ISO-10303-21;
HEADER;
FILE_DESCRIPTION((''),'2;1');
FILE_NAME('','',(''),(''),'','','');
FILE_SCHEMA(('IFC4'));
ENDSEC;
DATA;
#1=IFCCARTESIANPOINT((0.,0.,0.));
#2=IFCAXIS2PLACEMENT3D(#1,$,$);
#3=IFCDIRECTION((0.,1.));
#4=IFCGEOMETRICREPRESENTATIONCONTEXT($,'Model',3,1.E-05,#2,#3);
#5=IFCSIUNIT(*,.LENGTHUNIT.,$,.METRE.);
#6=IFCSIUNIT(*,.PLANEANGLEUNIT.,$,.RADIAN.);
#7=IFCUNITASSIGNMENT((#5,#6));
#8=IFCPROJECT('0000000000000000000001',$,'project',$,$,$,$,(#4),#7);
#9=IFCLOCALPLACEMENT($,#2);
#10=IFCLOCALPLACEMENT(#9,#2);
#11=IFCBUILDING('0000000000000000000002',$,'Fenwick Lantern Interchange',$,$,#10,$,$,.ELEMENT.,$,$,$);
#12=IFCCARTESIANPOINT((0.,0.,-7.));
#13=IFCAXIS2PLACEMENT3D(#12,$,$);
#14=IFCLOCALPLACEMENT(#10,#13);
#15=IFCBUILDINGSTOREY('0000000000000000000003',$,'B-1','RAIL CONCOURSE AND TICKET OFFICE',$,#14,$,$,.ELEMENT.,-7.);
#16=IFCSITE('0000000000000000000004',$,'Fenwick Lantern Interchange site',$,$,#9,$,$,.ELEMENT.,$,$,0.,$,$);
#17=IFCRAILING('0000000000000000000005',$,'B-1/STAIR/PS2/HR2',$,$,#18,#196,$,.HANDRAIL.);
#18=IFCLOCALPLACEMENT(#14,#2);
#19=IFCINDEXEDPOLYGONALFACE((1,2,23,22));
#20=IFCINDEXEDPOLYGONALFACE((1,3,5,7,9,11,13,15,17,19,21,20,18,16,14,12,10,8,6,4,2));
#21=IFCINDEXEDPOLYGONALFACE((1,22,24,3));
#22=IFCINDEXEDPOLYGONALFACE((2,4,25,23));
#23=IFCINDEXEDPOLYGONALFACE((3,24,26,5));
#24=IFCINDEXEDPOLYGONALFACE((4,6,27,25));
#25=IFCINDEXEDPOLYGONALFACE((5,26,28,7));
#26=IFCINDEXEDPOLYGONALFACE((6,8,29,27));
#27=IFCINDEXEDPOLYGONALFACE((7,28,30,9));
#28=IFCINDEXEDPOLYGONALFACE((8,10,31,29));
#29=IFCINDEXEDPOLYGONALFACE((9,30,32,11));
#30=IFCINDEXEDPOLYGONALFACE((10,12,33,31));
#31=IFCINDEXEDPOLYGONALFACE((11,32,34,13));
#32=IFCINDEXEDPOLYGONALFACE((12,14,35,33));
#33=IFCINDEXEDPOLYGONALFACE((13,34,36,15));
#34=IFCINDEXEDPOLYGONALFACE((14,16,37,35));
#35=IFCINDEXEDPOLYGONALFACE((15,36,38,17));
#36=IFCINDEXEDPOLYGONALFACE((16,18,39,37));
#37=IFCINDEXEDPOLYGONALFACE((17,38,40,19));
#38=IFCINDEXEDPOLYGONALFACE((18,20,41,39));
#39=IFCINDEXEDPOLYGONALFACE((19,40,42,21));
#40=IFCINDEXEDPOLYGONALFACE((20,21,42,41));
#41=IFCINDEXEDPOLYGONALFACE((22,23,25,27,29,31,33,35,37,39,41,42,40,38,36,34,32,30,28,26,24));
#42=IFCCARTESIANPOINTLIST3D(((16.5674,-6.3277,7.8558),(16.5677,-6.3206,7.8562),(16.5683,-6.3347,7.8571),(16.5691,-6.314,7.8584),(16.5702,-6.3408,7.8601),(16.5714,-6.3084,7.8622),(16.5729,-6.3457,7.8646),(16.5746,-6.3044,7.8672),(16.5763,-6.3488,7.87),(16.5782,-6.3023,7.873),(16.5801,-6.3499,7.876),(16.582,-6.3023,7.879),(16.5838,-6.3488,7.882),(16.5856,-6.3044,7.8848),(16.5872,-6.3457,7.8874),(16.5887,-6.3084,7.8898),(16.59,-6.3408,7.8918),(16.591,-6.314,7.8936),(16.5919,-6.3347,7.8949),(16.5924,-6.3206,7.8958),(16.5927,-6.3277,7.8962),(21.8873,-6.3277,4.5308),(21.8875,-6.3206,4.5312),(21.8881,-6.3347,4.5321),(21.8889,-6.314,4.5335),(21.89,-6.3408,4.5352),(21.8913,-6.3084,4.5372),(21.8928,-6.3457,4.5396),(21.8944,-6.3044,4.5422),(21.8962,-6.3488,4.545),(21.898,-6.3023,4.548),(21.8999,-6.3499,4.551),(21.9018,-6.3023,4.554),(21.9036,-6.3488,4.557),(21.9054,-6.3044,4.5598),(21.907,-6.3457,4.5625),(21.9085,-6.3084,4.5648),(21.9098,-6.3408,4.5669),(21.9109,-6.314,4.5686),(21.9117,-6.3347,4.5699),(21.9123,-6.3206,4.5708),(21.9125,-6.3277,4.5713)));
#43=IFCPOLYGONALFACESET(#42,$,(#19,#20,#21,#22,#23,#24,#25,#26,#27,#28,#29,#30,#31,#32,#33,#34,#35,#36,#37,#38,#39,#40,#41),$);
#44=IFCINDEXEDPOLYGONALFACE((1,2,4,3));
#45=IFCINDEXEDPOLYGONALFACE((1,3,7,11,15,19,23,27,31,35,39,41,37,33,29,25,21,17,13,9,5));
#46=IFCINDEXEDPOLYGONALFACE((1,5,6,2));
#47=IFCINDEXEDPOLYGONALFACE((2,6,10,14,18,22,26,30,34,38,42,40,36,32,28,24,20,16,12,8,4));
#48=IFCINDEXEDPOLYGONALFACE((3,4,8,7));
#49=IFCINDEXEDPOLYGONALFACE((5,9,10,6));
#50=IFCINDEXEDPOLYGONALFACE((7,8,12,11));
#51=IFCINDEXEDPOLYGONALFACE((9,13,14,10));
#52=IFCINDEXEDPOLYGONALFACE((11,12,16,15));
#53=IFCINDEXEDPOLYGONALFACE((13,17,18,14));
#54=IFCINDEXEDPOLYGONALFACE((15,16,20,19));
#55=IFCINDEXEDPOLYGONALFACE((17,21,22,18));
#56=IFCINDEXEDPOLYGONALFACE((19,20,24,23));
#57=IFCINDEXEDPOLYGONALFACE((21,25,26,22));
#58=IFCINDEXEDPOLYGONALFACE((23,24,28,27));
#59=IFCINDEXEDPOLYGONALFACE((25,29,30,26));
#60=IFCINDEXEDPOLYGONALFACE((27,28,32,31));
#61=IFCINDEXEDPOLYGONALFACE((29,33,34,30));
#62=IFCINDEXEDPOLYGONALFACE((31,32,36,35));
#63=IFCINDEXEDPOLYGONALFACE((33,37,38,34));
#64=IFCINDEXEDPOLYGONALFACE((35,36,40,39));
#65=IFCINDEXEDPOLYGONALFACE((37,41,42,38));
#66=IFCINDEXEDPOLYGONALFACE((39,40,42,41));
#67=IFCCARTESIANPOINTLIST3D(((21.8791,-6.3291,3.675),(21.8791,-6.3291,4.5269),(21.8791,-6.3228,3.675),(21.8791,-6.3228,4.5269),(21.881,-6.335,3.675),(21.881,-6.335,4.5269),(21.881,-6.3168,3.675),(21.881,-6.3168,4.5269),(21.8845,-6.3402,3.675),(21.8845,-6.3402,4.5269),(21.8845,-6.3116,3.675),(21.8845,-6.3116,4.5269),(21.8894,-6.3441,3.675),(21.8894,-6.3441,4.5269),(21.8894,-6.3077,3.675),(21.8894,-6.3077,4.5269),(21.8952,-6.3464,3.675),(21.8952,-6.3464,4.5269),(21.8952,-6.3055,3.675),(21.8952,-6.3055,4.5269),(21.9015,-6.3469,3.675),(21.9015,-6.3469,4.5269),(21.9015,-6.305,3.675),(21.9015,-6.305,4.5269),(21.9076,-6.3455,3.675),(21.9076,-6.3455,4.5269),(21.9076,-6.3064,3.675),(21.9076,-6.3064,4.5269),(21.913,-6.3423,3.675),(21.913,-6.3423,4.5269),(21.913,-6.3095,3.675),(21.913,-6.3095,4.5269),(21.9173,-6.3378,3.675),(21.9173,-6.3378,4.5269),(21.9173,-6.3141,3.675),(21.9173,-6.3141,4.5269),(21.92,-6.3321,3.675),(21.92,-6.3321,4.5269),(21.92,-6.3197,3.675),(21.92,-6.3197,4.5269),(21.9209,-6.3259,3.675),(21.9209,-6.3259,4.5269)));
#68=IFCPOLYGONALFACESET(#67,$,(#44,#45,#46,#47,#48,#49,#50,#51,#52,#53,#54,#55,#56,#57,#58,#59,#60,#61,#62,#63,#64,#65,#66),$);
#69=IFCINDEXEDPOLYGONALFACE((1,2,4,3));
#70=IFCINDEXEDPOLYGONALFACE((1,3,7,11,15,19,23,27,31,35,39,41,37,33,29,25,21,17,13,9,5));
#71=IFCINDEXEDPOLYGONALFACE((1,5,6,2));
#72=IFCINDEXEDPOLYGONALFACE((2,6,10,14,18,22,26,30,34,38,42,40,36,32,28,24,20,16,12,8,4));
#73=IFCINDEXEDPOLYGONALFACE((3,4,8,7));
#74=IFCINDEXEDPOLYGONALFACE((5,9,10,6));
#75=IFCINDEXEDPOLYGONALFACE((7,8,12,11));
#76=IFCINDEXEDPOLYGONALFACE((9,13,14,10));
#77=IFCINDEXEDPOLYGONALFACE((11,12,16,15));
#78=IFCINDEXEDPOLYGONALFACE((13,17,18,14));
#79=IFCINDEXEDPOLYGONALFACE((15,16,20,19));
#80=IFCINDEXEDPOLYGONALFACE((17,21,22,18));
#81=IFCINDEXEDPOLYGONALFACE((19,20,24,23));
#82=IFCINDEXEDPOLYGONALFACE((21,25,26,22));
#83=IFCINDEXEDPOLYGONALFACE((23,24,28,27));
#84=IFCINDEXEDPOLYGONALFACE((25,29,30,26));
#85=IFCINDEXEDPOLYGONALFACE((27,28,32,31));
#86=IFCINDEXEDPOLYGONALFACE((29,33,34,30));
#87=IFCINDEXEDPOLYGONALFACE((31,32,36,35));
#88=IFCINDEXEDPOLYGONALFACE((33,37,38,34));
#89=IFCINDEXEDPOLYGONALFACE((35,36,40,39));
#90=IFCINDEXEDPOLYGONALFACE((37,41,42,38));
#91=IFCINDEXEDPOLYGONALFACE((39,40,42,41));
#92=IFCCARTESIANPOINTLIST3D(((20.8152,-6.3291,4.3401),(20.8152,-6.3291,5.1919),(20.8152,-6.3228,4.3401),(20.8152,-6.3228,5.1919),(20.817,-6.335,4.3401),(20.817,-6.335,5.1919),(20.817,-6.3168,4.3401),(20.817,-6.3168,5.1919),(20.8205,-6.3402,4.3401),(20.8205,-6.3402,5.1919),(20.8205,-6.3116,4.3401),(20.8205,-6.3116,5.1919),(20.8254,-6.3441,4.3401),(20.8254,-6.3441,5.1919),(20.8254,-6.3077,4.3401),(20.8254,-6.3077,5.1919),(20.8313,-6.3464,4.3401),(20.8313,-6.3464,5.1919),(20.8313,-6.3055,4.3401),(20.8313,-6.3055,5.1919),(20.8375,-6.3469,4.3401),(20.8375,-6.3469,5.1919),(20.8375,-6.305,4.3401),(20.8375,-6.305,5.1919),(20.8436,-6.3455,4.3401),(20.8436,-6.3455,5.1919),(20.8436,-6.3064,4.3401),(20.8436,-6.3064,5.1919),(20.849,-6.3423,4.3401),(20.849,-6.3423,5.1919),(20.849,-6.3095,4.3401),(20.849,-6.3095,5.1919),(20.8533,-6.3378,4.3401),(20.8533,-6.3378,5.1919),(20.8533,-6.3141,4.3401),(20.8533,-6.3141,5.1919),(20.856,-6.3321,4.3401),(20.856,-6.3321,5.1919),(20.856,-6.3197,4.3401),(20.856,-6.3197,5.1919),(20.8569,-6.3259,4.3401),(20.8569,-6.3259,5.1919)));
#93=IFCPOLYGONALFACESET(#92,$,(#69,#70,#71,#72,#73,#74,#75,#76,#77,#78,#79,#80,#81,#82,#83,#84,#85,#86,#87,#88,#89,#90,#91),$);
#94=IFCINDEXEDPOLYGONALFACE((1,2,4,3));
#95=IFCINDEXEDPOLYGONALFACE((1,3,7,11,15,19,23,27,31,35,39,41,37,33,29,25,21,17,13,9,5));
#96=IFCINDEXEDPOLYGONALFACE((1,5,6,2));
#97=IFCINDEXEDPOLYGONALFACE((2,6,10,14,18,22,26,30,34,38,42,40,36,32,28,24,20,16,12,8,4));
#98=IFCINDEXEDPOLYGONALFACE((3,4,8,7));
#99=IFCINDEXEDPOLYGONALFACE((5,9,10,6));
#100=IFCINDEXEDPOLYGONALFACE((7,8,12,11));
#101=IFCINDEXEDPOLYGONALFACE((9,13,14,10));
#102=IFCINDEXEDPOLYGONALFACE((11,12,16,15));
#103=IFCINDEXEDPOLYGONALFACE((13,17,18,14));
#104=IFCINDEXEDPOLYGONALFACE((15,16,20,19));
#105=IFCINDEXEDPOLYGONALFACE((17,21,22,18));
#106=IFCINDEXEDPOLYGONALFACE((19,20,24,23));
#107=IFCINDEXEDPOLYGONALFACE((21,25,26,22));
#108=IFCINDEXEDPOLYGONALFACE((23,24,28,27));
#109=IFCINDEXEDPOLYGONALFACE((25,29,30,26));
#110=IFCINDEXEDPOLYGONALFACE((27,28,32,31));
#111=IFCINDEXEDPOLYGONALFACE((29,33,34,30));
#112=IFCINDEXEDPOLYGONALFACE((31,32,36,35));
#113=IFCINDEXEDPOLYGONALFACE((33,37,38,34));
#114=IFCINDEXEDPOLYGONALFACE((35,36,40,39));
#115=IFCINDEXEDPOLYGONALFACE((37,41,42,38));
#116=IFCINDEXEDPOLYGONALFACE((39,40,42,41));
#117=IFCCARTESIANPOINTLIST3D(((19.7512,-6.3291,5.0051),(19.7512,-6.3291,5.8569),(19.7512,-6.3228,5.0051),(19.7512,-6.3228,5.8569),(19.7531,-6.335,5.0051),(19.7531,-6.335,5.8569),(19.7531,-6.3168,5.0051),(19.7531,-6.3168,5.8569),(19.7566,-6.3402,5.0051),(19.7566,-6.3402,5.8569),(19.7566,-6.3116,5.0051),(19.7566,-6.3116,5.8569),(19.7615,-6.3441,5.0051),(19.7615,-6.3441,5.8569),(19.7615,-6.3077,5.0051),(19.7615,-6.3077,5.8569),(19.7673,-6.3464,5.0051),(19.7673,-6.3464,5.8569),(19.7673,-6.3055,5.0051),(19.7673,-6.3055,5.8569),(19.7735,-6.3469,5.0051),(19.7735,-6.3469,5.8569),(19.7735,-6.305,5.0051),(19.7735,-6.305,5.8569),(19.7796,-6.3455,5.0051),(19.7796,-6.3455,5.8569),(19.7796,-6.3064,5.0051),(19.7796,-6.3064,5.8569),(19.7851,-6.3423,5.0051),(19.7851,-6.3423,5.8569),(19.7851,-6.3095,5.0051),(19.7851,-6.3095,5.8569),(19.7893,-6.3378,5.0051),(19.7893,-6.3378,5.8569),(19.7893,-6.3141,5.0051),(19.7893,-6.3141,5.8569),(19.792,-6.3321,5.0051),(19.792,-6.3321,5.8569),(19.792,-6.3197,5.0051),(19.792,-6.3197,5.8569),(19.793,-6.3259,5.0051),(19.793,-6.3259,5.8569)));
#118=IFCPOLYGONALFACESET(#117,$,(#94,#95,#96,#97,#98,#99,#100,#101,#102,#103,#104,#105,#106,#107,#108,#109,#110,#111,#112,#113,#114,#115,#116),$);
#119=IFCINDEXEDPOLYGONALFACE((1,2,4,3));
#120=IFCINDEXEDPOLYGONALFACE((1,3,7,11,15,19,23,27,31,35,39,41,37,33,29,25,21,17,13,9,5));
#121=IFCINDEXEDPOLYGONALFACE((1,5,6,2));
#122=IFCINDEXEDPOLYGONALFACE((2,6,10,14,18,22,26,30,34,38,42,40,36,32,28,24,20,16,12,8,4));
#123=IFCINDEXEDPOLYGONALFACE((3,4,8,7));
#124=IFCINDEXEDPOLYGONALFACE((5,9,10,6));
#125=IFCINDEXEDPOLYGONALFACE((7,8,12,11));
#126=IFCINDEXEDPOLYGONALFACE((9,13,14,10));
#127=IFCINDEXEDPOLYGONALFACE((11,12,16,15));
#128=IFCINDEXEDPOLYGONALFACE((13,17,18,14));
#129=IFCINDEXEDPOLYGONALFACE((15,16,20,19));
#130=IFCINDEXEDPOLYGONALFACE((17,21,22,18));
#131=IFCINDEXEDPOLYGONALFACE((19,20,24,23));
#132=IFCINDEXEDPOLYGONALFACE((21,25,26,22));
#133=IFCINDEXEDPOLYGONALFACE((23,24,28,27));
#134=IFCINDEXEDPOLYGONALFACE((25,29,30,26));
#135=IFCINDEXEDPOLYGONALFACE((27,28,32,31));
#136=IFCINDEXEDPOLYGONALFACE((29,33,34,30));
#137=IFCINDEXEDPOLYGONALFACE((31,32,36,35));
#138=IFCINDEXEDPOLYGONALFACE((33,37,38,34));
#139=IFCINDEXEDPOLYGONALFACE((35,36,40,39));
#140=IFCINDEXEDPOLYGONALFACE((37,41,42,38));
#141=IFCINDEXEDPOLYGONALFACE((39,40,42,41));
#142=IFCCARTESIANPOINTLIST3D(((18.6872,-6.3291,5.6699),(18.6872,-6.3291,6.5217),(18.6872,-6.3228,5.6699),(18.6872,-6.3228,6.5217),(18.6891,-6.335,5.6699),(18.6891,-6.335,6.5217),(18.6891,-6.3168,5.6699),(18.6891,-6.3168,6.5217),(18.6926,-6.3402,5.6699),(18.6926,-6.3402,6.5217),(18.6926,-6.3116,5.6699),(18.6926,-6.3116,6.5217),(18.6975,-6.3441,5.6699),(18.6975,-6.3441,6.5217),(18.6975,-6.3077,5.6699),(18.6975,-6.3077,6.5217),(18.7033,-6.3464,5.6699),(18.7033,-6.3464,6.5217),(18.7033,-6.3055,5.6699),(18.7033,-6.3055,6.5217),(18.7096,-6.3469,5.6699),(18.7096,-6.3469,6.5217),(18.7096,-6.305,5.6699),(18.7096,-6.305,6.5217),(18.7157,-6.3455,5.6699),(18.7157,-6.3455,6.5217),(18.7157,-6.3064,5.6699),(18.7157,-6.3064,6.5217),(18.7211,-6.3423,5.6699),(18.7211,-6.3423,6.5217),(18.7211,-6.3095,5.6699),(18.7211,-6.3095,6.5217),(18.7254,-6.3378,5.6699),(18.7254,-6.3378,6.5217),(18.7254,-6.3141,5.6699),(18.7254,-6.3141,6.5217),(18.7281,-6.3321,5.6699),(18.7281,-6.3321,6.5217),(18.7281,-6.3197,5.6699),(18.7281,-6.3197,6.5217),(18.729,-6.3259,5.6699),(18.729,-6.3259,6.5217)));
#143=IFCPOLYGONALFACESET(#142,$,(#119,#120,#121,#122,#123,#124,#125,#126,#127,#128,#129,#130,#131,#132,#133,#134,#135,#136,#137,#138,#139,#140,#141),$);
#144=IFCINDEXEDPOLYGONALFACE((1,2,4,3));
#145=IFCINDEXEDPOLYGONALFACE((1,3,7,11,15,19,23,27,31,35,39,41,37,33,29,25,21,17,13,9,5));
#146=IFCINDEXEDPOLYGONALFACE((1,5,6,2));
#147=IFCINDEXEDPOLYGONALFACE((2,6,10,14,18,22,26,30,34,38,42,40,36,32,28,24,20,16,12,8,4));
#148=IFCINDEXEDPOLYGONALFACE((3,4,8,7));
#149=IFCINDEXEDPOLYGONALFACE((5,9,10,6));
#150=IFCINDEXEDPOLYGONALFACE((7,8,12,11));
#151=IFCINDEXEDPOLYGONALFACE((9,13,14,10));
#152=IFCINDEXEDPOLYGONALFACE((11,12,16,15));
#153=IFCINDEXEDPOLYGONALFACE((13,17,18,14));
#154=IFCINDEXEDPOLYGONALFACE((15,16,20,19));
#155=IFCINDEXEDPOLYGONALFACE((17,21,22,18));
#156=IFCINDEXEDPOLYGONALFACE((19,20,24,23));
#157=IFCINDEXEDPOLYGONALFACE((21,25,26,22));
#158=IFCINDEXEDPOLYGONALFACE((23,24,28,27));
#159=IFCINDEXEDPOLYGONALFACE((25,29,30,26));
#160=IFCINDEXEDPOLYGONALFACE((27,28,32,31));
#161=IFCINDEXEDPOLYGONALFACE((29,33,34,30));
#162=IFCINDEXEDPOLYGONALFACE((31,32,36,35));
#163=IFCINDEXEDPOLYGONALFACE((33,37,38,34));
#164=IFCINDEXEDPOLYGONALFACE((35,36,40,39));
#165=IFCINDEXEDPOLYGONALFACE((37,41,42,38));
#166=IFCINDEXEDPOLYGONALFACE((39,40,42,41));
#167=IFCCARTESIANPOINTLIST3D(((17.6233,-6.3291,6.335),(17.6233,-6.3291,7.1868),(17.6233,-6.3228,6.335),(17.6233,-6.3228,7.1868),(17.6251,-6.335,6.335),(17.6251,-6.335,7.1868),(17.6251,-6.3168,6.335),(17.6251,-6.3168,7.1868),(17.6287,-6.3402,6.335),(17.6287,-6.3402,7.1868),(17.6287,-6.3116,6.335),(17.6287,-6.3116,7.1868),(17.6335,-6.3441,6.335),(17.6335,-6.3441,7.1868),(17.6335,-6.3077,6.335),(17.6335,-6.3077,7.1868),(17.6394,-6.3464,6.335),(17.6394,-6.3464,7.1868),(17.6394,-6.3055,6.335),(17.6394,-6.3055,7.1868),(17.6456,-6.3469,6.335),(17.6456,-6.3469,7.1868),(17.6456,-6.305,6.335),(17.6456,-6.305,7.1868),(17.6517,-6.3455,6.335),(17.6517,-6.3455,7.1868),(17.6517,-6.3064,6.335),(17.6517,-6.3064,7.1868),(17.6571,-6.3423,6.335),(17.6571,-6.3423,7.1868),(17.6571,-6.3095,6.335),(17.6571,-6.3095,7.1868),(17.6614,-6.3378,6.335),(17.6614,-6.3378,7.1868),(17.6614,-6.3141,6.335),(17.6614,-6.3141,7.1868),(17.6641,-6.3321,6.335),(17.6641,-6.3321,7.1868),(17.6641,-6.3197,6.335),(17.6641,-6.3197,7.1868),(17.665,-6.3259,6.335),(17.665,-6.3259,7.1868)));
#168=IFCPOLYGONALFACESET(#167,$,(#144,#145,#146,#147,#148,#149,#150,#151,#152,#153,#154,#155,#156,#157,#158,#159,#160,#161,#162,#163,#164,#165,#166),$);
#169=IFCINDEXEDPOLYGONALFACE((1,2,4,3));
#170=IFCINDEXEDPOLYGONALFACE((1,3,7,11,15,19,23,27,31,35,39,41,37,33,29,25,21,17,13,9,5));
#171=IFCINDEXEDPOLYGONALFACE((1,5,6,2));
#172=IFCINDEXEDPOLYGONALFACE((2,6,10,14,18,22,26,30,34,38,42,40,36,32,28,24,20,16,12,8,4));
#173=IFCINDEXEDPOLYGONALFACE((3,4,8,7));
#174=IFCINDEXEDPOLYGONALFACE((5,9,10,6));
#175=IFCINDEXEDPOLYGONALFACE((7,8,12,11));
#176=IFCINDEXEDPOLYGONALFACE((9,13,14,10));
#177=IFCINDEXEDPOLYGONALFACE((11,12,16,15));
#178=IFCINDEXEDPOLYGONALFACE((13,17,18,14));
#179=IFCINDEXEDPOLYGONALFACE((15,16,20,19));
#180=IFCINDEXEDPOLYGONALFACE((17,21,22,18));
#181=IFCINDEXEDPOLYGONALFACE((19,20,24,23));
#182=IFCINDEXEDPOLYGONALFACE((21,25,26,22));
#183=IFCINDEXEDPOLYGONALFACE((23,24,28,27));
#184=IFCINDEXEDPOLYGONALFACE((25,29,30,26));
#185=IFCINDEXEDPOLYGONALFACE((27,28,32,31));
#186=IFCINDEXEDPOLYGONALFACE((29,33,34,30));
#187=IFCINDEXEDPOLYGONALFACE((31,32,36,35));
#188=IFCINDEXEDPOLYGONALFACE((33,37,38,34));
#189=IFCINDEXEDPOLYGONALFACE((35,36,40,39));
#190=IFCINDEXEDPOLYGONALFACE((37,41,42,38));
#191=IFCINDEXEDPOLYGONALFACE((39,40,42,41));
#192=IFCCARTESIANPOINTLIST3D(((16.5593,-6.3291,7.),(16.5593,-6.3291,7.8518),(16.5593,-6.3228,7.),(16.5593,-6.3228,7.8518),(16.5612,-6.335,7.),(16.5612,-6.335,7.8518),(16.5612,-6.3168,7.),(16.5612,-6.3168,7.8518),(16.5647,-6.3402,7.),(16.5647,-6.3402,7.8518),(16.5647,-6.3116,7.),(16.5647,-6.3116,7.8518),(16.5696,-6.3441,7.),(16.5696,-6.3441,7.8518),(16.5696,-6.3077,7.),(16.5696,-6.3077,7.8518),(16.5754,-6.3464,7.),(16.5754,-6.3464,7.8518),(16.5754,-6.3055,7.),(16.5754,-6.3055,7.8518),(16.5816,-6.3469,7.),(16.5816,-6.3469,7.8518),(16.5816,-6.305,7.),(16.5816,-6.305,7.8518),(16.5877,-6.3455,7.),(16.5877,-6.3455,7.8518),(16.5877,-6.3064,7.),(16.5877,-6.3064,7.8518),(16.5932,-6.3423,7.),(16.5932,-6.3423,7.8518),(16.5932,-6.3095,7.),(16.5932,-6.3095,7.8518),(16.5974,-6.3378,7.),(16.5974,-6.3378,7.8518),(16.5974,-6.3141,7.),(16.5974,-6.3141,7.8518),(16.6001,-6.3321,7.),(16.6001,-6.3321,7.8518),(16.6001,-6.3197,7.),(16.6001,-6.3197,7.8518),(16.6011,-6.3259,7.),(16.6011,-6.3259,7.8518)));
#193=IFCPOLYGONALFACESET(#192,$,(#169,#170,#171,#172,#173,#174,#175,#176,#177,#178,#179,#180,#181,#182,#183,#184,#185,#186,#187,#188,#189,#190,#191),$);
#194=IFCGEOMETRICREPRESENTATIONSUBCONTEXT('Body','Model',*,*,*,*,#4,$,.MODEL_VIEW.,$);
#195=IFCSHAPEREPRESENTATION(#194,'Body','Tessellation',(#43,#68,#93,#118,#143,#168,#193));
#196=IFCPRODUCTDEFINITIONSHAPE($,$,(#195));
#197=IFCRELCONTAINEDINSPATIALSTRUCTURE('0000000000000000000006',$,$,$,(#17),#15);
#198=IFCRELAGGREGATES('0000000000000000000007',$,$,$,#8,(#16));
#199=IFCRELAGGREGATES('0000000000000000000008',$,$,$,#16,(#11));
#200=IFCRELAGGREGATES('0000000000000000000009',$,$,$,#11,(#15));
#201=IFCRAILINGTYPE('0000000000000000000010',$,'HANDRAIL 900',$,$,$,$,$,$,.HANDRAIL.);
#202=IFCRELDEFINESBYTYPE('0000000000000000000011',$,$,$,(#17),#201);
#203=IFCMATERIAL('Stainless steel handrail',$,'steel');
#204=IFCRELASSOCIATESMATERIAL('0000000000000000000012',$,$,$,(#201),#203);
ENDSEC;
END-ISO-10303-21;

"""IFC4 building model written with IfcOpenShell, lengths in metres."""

from ifc_helpers import new_model, si_unit, direction, frame, origin, origin_2d, place, context, subcontext, project, spatial, circle, extrude, material, type_object, element, save


model = new_model("IFC4")

# Units and contexts
model_context = context("Model", 3, precision=1e-05, world=origin(), true_north=direction((0.0, 1.0)))
body_context = subcontext(model_context, "Body", "Model", "MODEL_VIEW")
ifc_project = project(units=[si_unit("LENGTHUNIT", "METRE"), si_unit("PLANEANGLEUNIT", "RADIAN")], contexts=[model_context])

# Site, building, storey
site_placement = place(None, origin())
site = spatial("IfcSite", under=ifc_project, at=site_placement, Name="Fenwick Lantern Interchange site", CompositionType="ELEMENT", RefElevation=0.0)
building_placement = place(site_placement, origin())
building = spatial("IfcBuilding", under=site, at=building_placement, Name="Fenwick Lantern Interchange", CompositionType="ELEMENT")
storey_placement = place(building_placement, frame((0.0, 0.0, -7.0)))
storey = spatial("IfcBuildingStorey", under=building, at=storey_placement, Name="B-1", Description="RAIL CONCOURSE AND TICKET OFFICE", CompositionType="ELEMENT", Elevation=-7.0)

# Railing
ifc_material_1 = material(Name="Stainless steel handrail", Category="steel")
railing_type = type_object("IfcRailingType", Name="HANDRAIL 900", PredefinedType="HANDRAIL", material=ifc_material_1)
railing_1_placement = place(storey_placement, frame((21.8999, -6.3259, 3.675)))
element("IfcRailing", 1, at=railing_1_placement, inside=storey, type_object=railing_type, Name="B-1/STAIR/PS2/HR2", PredefinedType="HANDRAIL", context=body_context, shape_type="SweptSolid", body=[
    extrude(circle(Radius=0.0239, at=origin_2d()), frame((0.0, 0.0, 0.876), z_axis=(-0.847994, 0.0, 0.530006), x_axis=(0.0, -1.0, 0.0)), (0.0, 0.0, 1.0), 6.2734),
    extrude(circle(Radius=0.021, at=origin_2d()), origin(), (0.0, 0.0, 1.0), 0.8518),
    extrude(circle(Radius=0.021, at=origin_2d()), frame((-1.064, 0.0, 0.665)), (0.0, 0.0, 1.0), 0.8518),
    extrude(circle(Radius=0.021, at=origin_2d()), frame((-2.1279, 0.0, 1.3301)), (0.0, 0.0, 1.0), 0.8518),
    extrude(circle(Radius=0.021, at=origin_2d()), frame((-3.1919, 0.0, 1.9949)), (0.0, 0.0, 1.0), 0.8518),
    extrude(circle(Radius=0.021, at=origin_2d()), frame((-4.2559, 0.0, 2.6599)), (0.0, 0.0, 1.0), 0.8518),
    extrude(circle(Radius=0.021, at=origin_2d()), frame((-5.3198, 0.0, 3.325)), (0.0, 0.0, 1.0), 0.8518),
])

save(model, "model.ifc")
